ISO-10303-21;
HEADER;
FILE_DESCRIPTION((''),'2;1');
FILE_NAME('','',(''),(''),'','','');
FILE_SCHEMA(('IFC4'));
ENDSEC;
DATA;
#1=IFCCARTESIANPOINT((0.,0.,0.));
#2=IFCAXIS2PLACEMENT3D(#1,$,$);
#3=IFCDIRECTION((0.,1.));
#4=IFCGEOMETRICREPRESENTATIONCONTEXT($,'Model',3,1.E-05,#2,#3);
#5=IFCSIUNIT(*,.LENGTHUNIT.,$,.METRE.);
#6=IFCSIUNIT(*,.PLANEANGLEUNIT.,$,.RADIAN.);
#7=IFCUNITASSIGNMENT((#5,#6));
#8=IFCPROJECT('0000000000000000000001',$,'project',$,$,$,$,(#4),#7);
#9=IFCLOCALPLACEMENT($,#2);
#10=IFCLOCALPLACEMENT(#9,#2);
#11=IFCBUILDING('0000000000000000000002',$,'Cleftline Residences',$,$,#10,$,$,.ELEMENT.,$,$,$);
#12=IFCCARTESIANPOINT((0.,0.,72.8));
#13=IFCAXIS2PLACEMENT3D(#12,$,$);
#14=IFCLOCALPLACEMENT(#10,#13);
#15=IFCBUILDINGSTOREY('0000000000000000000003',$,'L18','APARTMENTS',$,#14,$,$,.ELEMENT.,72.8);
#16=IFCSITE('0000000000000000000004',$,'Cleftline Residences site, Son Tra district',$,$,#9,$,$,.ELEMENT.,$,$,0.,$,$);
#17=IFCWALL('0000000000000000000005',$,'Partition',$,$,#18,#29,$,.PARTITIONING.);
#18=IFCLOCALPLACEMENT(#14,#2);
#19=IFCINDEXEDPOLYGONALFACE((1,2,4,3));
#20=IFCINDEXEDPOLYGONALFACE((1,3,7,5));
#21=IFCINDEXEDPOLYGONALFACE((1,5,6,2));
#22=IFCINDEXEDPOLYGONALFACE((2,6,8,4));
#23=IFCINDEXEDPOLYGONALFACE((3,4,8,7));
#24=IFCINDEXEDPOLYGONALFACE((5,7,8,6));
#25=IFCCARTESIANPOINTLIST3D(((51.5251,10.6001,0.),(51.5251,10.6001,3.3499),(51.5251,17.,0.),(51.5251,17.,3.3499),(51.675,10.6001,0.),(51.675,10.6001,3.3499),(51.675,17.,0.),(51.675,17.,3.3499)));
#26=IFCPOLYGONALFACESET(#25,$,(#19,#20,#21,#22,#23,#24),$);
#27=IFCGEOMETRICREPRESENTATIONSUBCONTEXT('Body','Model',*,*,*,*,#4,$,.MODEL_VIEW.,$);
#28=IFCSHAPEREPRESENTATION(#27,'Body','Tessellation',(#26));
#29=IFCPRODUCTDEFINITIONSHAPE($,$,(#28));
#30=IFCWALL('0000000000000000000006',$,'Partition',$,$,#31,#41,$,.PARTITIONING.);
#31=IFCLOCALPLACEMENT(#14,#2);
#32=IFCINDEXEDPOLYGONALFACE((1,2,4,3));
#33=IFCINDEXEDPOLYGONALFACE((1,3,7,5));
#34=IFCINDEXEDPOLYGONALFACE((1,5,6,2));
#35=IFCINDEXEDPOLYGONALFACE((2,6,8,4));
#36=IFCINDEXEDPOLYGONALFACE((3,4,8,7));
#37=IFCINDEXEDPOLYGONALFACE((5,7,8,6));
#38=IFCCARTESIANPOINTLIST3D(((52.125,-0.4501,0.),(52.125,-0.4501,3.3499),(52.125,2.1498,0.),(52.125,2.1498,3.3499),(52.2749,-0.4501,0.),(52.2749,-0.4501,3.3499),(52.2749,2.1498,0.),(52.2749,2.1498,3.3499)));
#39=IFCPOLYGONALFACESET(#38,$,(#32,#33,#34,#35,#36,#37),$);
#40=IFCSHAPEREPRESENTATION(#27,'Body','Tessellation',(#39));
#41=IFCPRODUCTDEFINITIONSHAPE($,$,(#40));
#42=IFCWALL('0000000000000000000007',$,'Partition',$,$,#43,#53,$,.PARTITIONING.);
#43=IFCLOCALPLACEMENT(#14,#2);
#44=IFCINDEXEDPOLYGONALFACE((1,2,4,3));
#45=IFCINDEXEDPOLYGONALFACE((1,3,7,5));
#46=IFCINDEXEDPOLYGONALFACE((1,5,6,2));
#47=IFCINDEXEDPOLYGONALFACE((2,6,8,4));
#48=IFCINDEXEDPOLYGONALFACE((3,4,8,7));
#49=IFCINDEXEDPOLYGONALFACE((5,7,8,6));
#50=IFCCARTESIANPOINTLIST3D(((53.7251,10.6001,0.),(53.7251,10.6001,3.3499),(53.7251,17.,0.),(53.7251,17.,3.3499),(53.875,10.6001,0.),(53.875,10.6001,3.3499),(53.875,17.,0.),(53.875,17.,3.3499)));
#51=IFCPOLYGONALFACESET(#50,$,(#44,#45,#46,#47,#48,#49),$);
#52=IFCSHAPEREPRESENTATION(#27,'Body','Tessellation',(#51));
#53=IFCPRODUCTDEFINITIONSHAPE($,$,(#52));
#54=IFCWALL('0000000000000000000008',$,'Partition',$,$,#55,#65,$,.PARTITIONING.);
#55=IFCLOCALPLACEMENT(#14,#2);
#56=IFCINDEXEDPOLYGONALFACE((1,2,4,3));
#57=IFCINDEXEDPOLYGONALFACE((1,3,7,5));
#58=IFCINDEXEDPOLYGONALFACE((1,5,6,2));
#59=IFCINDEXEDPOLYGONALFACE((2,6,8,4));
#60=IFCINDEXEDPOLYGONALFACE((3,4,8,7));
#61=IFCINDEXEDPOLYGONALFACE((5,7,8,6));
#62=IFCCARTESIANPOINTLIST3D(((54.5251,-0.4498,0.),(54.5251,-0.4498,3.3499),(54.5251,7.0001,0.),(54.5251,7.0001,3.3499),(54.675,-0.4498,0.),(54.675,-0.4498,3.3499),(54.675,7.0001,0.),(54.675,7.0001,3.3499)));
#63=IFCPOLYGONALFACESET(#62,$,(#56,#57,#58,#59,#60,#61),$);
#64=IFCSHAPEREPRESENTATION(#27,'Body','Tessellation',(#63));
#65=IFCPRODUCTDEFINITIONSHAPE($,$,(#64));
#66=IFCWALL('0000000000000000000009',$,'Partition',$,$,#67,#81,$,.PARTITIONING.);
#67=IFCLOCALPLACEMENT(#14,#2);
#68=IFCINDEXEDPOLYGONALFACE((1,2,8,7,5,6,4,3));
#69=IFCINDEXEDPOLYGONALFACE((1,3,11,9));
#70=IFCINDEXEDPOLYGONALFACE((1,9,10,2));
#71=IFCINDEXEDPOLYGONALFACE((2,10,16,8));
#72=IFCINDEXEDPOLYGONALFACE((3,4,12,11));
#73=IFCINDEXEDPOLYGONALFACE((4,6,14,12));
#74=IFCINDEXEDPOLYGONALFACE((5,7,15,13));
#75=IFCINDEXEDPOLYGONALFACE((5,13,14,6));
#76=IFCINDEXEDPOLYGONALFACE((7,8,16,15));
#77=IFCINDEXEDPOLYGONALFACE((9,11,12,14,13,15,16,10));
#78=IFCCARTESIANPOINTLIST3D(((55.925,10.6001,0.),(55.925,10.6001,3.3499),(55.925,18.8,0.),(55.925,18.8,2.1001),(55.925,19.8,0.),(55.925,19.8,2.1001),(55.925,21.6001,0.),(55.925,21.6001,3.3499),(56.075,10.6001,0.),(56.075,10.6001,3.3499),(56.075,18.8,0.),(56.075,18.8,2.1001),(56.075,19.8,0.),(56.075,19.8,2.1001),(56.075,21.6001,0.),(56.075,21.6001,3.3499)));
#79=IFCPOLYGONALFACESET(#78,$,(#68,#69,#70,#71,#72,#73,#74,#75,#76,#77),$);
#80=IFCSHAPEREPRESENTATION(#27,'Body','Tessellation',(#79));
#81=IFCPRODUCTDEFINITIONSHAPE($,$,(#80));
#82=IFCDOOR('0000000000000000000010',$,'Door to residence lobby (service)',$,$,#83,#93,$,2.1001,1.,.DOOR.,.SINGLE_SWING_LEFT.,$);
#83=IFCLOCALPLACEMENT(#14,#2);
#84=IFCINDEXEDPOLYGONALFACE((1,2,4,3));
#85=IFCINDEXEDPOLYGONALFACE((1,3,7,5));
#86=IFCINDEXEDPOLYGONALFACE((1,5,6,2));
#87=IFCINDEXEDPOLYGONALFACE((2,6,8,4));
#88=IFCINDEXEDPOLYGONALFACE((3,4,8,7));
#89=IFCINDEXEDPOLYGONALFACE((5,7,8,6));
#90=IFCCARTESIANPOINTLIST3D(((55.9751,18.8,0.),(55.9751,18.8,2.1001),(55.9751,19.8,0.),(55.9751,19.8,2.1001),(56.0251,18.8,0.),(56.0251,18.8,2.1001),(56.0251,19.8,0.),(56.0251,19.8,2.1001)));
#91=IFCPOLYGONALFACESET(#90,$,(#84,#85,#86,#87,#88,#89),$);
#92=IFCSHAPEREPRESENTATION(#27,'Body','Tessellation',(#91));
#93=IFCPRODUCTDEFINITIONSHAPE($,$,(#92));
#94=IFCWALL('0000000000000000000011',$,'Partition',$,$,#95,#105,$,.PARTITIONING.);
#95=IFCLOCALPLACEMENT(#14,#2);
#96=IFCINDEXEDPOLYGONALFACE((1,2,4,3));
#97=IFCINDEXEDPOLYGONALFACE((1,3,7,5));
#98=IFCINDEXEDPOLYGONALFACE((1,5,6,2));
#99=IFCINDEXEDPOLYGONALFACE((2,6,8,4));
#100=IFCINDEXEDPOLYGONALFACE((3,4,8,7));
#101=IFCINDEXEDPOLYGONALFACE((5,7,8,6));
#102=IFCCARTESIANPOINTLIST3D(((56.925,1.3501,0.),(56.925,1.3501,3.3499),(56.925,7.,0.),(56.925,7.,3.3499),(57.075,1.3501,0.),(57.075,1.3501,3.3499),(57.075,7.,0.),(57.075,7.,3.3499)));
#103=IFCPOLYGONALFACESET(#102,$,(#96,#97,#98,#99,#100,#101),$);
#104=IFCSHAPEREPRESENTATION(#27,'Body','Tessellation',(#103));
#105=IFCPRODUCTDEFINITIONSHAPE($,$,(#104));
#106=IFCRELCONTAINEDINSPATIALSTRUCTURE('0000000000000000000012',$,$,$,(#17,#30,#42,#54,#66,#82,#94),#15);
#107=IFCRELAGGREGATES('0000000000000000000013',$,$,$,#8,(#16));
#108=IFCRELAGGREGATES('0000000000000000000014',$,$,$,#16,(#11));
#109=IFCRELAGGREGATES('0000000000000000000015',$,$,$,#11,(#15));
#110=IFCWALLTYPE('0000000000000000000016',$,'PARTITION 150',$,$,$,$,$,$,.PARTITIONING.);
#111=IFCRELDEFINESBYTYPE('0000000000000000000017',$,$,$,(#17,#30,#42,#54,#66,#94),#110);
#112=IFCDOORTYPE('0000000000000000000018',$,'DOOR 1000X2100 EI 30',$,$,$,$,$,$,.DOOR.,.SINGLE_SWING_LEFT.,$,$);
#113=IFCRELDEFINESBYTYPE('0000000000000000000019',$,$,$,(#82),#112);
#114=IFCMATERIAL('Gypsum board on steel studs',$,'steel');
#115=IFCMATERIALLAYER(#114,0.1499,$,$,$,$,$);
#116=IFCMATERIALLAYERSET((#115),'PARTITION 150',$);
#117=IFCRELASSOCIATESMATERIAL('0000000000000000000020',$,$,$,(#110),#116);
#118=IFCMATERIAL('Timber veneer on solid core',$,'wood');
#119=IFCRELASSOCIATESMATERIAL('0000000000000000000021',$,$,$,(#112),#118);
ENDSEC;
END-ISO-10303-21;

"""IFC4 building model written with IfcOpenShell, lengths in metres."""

from ifc_helpers import new_model, si_unit, direction, frame, frame_2d, origin, place, context, subcontext, project, spatial, rectangle, extrude, material, layer, layer_set, type_object, element, fill, save


model = new_model("IFC4")

# Units and contexts
model_context = context("Model", 3, precision=1e-05, world=origin(), true_north=direction((0.0, 1.0)))
body_context = subcontext(model_context, "Body", "Model", "MODEL_VIEW")
ifc_project = project(units=[si_unit("LENGTHUNIT", "METRE"), si_unit("PLANEANGLEUNIT", "RADIAN")], contexts=[model_context])

# Site, building, storey
site_placement = place(None, origin())
site = spatial("IfcSite", under=ifc_project, at=site_placement, Name="Cleftline Residences site, Son Tra district", CompositionType="ELEMENT", RefElevation=0.0)
building_placement = place(site_placement, origin())
building = spatial("IfcBuilding", under=site, at=building_placement, Name="Cleftline Residences", CompositionType="ELEMENT")
storey_placement = place(building_placement, frame((0.0, 0.0, 72.8)))
storey = spatial("IfcBuildingStorey", under=building, at=storey_placement, Name="L18", Description="APARTMENTS", CompositionType="ELEMENT", Elevation=72.8)

# Shared definitions
ifc_material_1 = material(Name="Gypsum board on steel studs", Category="steel")
ifc_layer_1 = layer(ifc_material_1, 0.1499)
ifc_layer_set_1 = layer_set([ifc_layer_1], Name="PARTITION 150")
wall_type_1 = type_object("IfcWallType", Name="PARTITION 150", PredefinedType="PARTITIONING", material=ifc_layer_set_1)

# Walls
wall_1_placement = place(storey_placement, frame((51.6001, 10.6001, 0.0), z_axis=(0.0, 0.0, 1.0), x_axis=(0.0, 1.0, 0.0)))
element("IfcWall", 1, at=wall_1_placement, inside=storey, type_object=wall_type_1, Name="Partition", PredefinedType="PARTITIONING", context=body_context, shape_type="SweptSolid", body=[
    extrude(rectangle(XDim=6.3999, YDim=0.1499, at=frame_2d((3.2, 0.0))), origin(), (0.0, 0.0, 1.0), 3.3499),
])
wall_2_placement = place(storey_placement, frame((52.2, -0.45, 0.0), z_axis=(0.0, 0.0, 1.0), x_axis=(0.0, 1.0, 0.0)))
element("IfcWall", 2, at=wall_2_placement, inside=storey, type_object=wall_type_1, Name="Partition", PredefinedType="PARTITIONING", context=body_context, shape_type="SweptSolid", body=[
    extrude(rectangle(XDim=2.5999, YDim=0.1499, at=frame_2d((1.2998, 0.0))), origin(), (0.0, 0.0, 1.0), 3.3499),
])
wall_3_placement = place(storey_placement, frame((53.8, 10.6001, 0.0), z_axis=(0.0, 0.0, 1.0), x_axis=(0.0, 1.0, 0.0)))
element("IfcWall", 3, at=wall_3_placement, inside=storey, type_object=wall_type_1, Name="Partition", PredefinedType="PARTITIONING", context=body_context, shape_type="SweptSolid", body=[
    extrude(rectangle(XDim=6.3999, YDim=0.1499, at=frame_2d((3.2, 0.0))), origin(), (0.0, 0.0, 1.0), 3.3499),
])
wall_4_placement = place(storey_placement, frame((54.6001, -0.45, 0.0), z_axis=(0.0, 0.0, 1.0), x_axis=(0.0, 1.0, 0.0)))
element("IfcWall", 4, at=wall_4_placement, inside=storey, type_object=wall_type_1, Name="Partition", PredefinedType="PARTITIONING", context=body_context, shape_type="SweptSolid", body=[
    extrude(rectangle(XDim=7.45, YDim=0.1499, at=frame_2d((3.7251, 0.0))), origin(), (0.0, 0.0, 1.0), 3.3499),
])

# Wall, opening, door
wall_5_placement = place(storey_placement, frame((56.0, 10.6001, 0.0), z_axis=(0.0, 0.0, 1.0), x_axis=(0.0, 1.0, 0.0)))
wall_5 = element("IfcWall", 5, at=wall_5_placement, inside=storey, type_object=wall_type_1, Name="Partition", PredefinedType="PARTITIONING", context=body_context, shape_type="SweptSolid", body=[
    extrude(rectangle(XDim=11.0, YDim=0.1499, at=frame_2d((5.5, 0.0))), origin(), (0.0, 0.0, 1.0), 3.3499),
])
opening_1_placement = place(wall_5_placement, frame((8.2, 0.0, 0.0)))
opening_1 = element("IfcOpeningElement", 6, at=opening_1_placement, cuts=wall_5, PredefinedType="OPENING", context=body_context, shape_type="SweptSolid", body=[
    extrude(rectangle(XDim=1.0, YDim=2.1001, at=frame_2d((0.5, 1.05))), frame((0.0, 0.085, 0.0), z_axis=(0.0, -1.0, 0.0), x_axis=(1.0, 0.0, 0.0)), (0.0, 0.0, 1.0), 0.1699),
])
ifc_material_2 = material(Name="Timber veneer on solid core", Category="wood")
door_type_1 = type_object("IfcDoorType", Name="DOOR 1000X2100 EI 30", OperationType="SINGLE_SWING_LEFT", PredefinedType="DOOR", material=ifc_material_2)
door_1_placement = place(opening_1_placement, origin())
door_1 = element("IfcDoor", 7, at=door_1_placement, inside=storey, type_object=door_type_1, Name="Door to residence lobby (service)", OperationType="SINGLE_SWING_LEFT", OverallHeight=2.1001, OverallWidth=1.0, PredefinedType="DOOR", context=body_context, shape_type="SweptSolid", body=[
    extrude(rectangle(XDim=1.0, YDim=2.1001, at=frame_2d((0.5, 1.05))), frame((0.0, 0.0249, 0.0), z_axis=(0.0, -1.0, 0.0), x_axis=(1.0, 0.0, 0.0)), (0.0, 0.0, 1.0), 0.05),
])
fill(opening_1, door_1)

# Wall
wall_6_placement = place(storey_placement, frame((57.0, 1.3501, 0.0), z_axis=(0.0, 0.0, 1.0), x_axis=(0.0, 1.0, 0.0)))
element("IfcWall", 8, at=wall_6_placement, inside=storey, type_object=wall_type_1, Name="Partition", PredefinedType="PARTITIONING", context=body_context, shape_type="SweptSolid", body=[
    extrude(rectangle(XDim=5.6499, YDim=0.1499, at=frame_2d((2.825, 0.0))), origin(), (0.0, 0.0, 1.0), 3.3499),
])

save(model, "model.ifc")
